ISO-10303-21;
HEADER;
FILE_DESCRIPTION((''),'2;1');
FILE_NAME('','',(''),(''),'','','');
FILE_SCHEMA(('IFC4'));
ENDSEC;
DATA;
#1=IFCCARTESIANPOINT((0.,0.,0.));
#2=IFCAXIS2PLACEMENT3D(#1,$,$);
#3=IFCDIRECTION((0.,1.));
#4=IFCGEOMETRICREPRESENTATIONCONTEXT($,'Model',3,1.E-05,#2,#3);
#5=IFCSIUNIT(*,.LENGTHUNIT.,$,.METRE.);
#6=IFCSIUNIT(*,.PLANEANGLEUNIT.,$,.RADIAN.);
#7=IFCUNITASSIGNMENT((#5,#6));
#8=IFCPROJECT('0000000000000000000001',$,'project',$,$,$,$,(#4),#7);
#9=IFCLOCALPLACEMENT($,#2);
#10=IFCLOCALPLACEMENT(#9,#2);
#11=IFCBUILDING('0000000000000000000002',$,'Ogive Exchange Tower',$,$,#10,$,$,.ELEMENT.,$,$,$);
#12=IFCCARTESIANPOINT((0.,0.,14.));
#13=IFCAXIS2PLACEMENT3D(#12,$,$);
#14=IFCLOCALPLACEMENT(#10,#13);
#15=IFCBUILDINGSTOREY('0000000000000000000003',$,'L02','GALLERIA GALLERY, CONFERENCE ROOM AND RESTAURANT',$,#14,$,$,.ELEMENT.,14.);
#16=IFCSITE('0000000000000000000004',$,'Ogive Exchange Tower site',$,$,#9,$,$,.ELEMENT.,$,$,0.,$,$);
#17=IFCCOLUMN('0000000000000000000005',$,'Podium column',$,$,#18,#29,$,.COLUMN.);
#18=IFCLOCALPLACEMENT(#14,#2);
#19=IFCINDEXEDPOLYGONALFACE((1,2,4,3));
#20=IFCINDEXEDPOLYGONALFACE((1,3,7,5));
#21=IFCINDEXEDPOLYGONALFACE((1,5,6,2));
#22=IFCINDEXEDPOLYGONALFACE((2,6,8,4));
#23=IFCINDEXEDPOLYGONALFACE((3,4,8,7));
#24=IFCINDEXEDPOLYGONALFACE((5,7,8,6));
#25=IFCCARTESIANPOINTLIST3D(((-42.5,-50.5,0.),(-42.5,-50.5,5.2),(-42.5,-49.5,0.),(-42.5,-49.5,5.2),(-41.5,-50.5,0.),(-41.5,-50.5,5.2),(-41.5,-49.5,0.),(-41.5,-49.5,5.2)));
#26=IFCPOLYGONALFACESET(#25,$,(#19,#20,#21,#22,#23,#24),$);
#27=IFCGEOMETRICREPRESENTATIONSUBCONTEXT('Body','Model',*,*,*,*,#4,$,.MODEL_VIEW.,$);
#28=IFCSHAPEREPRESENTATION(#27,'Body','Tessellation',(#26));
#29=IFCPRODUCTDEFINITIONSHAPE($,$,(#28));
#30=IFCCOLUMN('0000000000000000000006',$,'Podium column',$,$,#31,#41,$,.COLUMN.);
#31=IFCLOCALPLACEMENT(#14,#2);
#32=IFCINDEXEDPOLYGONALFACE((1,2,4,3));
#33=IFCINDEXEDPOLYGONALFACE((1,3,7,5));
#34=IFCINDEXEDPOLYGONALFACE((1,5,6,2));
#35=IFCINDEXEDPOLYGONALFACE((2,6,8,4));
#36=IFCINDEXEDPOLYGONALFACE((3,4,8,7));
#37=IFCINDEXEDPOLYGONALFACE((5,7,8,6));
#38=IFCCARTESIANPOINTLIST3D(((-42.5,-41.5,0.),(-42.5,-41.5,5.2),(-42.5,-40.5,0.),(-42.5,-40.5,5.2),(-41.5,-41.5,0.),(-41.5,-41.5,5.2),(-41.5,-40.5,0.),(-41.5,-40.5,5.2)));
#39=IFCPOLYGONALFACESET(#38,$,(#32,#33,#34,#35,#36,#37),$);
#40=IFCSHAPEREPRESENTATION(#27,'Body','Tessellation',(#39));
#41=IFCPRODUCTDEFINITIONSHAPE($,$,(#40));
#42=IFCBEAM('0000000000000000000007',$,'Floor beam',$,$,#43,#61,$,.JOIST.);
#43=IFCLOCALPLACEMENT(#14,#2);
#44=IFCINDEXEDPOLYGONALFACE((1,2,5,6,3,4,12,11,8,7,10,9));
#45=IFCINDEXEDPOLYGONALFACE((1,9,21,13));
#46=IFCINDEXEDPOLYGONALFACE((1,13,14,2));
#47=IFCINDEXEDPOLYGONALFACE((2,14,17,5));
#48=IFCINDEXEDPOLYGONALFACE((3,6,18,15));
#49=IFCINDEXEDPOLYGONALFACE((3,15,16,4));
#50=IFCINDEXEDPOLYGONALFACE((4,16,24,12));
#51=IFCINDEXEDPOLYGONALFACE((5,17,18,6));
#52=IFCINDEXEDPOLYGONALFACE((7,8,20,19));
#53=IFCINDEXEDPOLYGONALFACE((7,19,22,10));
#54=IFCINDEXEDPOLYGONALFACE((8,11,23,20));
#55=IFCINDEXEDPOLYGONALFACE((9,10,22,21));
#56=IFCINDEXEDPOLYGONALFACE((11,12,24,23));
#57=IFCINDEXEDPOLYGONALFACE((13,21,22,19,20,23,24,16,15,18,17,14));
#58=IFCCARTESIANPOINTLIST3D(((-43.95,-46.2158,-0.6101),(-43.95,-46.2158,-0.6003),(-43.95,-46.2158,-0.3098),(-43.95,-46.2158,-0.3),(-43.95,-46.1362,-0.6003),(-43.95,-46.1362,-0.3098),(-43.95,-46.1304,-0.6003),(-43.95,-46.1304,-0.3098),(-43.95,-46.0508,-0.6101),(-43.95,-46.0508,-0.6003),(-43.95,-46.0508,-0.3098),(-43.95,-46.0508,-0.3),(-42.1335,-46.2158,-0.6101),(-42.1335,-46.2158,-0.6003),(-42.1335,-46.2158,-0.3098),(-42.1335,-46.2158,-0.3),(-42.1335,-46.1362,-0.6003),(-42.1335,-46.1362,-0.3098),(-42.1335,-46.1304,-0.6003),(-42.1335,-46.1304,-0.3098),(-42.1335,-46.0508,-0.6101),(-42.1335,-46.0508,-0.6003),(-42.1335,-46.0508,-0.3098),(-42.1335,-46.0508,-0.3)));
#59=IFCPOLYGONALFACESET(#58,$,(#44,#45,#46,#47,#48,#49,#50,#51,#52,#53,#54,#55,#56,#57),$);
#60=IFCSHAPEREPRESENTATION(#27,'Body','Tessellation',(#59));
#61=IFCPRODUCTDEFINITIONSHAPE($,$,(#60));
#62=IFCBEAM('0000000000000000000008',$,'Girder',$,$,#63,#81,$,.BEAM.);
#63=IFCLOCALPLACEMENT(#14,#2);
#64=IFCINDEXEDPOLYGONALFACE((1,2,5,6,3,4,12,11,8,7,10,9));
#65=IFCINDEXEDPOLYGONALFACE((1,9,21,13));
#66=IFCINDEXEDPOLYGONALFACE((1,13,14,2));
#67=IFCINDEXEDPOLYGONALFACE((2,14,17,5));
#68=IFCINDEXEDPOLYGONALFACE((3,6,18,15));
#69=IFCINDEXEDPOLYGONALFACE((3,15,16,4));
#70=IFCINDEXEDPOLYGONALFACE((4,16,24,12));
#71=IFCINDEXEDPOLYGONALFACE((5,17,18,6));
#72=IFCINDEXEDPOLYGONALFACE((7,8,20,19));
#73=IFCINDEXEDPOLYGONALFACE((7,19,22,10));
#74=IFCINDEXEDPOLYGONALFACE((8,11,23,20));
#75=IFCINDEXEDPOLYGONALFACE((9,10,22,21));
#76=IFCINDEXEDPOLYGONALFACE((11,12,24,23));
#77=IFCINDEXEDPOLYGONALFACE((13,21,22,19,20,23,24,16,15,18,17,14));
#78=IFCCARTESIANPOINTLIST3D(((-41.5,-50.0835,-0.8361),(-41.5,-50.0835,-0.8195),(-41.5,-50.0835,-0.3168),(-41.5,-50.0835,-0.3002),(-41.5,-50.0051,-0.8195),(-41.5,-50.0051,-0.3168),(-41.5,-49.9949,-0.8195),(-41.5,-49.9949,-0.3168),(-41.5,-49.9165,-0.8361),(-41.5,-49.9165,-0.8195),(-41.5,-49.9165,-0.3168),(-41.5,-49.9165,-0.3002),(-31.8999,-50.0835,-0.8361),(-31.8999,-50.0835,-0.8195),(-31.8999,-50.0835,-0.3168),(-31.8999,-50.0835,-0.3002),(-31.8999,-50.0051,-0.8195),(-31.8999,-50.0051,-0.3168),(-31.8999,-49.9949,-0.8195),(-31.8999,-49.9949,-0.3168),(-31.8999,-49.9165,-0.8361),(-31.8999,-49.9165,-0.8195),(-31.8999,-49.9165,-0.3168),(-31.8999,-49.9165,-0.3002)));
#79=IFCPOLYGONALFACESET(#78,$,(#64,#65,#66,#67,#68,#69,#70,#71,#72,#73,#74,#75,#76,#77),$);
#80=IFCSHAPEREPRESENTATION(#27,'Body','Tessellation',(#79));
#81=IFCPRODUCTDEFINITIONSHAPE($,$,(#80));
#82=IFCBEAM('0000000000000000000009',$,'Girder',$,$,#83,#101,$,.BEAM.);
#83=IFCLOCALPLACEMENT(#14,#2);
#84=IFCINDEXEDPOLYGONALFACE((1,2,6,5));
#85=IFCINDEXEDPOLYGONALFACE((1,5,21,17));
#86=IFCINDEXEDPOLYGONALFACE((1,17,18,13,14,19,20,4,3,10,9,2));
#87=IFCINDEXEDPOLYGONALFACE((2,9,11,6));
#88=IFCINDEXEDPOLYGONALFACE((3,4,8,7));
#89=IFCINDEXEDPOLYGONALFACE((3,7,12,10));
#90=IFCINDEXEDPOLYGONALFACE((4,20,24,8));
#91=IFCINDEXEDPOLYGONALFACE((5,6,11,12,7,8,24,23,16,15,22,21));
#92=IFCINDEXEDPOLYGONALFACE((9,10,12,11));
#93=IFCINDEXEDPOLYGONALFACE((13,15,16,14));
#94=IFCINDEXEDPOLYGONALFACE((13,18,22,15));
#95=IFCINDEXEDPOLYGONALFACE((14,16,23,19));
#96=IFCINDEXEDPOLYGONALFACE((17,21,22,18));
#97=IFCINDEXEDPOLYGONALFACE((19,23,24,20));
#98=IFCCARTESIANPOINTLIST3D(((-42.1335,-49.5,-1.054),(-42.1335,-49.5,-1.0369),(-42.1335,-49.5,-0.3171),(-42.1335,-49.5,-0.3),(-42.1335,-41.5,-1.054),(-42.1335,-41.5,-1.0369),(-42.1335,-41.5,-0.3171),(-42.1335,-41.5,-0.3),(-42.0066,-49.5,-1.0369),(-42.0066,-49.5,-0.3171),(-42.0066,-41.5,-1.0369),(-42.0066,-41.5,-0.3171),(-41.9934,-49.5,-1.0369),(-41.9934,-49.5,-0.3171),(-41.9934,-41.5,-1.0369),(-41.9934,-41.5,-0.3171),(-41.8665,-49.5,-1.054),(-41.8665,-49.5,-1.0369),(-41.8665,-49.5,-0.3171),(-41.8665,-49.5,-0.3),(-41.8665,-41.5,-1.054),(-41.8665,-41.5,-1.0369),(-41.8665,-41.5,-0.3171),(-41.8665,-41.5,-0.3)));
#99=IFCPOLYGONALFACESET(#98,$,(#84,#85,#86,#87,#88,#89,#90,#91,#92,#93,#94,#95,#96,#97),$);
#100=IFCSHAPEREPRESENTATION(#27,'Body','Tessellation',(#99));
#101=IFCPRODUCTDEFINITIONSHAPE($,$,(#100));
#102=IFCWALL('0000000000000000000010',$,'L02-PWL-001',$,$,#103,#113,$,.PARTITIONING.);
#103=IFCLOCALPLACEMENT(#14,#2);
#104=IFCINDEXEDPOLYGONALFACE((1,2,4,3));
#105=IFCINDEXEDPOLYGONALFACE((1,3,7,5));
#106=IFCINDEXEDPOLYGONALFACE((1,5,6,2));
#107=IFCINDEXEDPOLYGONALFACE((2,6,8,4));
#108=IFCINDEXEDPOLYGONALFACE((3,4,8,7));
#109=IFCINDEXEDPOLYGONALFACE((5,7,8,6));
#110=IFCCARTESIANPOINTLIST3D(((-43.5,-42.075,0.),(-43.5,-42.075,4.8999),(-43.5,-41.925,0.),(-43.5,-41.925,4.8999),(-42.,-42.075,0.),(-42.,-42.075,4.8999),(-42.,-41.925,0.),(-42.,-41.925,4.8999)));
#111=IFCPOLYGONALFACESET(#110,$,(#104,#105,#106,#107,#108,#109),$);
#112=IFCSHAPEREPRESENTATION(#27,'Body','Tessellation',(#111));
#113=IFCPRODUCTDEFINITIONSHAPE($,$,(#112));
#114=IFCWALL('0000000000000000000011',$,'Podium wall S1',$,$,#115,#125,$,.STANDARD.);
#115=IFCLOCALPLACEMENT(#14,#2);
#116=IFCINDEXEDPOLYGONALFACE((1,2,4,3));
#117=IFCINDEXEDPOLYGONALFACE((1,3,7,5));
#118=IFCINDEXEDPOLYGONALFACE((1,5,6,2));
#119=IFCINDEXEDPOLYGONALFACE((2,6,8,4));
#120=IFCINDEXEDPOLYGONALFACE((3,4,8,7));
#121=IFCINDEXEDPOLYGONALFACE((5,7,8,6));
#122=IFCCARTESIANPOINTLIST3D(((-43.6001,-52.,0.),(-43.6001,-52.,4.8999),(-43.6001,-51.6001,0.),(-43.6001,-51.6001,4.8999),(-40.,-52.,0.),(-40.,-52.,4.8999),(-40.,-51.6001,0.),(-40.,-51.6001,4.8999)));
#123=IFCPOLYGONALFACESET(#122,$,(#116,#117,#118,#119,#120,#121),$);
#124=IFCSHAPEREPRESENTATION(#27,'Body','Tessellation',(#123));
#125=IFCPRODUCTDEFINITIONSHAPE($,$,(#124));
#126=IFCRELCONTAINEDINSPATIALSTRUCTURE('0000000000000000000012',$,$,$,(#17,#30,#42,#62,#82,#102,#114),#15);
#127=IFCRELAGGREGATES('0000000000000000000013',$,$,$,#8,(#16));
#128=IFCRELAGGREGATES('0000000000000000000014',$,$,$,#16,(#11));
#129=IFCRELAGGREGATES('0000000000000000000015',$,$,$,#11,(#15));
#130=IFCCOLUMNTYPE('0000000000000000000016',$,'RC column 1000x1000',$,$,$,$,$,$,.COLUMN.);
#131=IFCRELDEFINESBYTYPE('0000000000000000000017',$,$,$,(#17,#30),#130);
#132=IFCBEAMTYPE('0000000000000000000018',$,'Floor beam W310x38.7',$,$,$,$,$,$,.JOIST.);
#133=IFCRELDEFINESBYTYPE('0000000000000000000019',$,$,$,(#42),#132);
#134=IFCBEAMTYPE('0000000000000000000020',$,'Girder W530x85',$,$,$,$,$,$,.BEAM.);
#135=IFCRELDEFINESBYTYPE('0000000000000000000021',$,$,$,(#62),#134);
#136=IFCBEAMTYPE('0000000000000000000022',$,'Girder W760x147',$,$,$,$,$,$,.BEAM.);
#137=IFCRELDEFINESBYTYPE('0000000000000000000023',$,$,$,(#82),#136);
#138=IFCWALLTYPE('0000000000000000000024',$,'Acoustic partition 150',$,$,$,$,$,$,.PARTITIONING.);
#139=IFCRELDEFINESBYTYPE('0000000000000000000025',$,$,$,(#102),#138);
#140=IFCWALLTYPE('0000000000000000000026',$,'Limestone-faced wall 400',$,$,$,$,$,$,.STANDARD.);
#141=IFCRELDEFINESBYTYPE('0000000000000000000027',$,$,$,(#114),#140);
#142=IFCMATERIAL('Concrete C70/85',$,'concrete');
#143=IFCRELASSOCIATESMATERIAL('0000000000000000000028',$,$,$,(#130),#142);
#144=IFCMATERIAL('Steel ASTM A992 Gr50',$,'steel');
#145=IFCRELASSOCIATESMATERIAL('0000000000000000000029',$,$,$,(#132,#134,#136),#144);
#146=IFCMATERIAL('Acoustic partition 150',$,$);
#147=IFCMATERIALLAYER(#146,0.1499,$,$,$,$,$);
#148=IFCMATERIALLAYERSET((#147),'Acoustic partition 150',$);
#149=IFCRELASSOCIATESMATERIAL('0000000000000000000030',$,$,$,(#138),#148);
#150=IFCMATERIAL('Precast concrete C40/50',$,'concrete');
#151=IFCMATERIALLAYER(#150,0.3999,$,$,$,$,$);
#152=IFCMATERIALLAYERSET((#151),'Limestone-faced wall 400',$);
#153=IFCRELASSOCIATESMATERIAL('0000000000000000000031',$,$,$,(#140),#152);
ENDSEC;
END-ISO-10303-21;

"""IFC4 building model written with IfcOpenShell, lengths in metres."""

from ifc_helpers import new_model, si_unit, direction, frame, frame_2d, origin, origin_2d, place, context, subcontext, project, spatial, rectangle, i_section, extrude, material, layer, layer_set, material_profile, profile_set, type_object, element, save


model = new_model("IFC4")

# Units and contexts
model_context = context("Model", 3, precision=1e-05, world=origin(), true_north=direction((0.0, 1.0)))
body_context = subcontext(model_context, "Body", "Model", "MODEL_VIEW")
ifc_project = project(units=[si_unit("LENGTHUNIT", "METRE"), si_unit("PLANEANGLEUNIT", "RADIAN")], contexts=[model_context])

# Site, building, storey
site_placement = place(None, origin())
site = spatial("IfcSite", under=ifc_project, at=site_placement, Name="Ogive Exchange Tower site", CompositionType="ELEMENT", RefElevation=0.0)
building_placement = place(site_placement, origin())
building = spatial("IfcBuilding", under=site, at=building_placement, Name="Ogive Exchange Tower", CompositionType="ELEMENT")
storey_placement = place(building_placement, frame((0.0, 0.0, 14.0)))
storey = spatial("IfcBuildingStorey", under=building, at=storey_placement, Name="L02", Description="GALLERIA GALLERY, CONFERENCE ROOM AND RESTAURANT", CompositionType="ELEMENT", Elevation=14.0)

# Columns
ifc_material_1 = material(Name="Concrete C70/85", Category="concrete")
ifc_material_profile_1 = material_profile(ifc_material_1, rectangle(XDim=1.0, YDim=1.0, at=origin_2d()), Name="RC 1000x1000")
ifc_profile_set_1 = profile_set([ifc_material_profile_1], Name="Concrete C70/85")
column_type = type_object("IfcColumnType", Name="RC column 1000x1000", PredefinedType="COLUMN", material=ifc_profile_set_1)
for number, where, z_axis, x_axis, name in (
    (1, (-42.0, -50.0, 0.0), (0.0, 0.0, 1.0), (1.0, 0.0, 0.0), "Podium column"),
    (2, (-42.0, -41.0, 0.0), (0.0, 0.0, 1.0), (1.0, 0.0, 0.0), "Podium column"),
):
    element("IfcColumn", number, at=place(storey_placement, frame(where, z_axis=z_axis, x_axis=x_axis)), inside=storey, type_object=column_type, Name=name, PredefinedType="COLUMN", context=body_context, shape_type="SweptSolid", body=[
        extrude(rectangle(XDim=1.0, YDim=1.0, at=origin_2d()), origin(), (0.0, 0.0, 1.0), 5.2),
    ])

# Beams
ifc_material_2 = material(Name="Steel ASTM A992 Gr50", Category="steel")
ifc_material_profile_2 = material_profile(ifc_material_2, i_section(OverallWidth=0.165, OverallDepth=0.3101, WebThickness=0.0059, FlangeThickness=0.0098, at=origin_2d()), Name="W310x38.7")
ifc_profile_set_2 = profile_set([ifc_material_profile_2], Name="Steel ASTM A992 Gr50")
beam_type_1 = type_object("IfcBeamType", Name="Floor beam W310x38.7", PredefinedType="JOIST", material=ifc_profile_set_2)
beam_1_placement = place(storey_placement, frame((-43.95, -46.1333, -0.4551), z_axis=(1.0, 0.0, 0.0), x_axis=(0.0, 1.0, 0.0)))
element("IfcBeam", 3, at=beam_1_placement, inside=storey, type_object=beam_type_1, Name="Floor beam", PredefinedType="JOIST", context=body_context, shape_type="SweptSolid", body=[
    extrude(i_section(OverallWidth=0.165, OverallDepth=0.3101, WebThickness=0.0059, FlangeThickness=0.0098, at=origin_2d()), origin(), (0.0, 0.0, 1.0), 1.8164),
])
ifc_material_profile_3 = material_profile(ifc_material_2, i_section(OverallWidth=0.167, OverallDepth=0.5359, WebThickness=0.0103, FlangeThickness=0.0166, at=origin_2d()), Name="W530x85")
ifc_profile_set_3 = profile_set([ifc_material_profile_3], Name="Steel ASTM A992 Gr50")
beam_type_2 = type_object("IfcBeamType", Name="Girder W530x85", PredefinedType="BEAM", material=ifc_profile_set_3)
beam_2_placement = place(storey_placement, frame((-41.5, -50.0, -0.5681), z_axis=(1.0, 0.0, 0.0), x_axis=(0.0, 1.0, 0.0)))
element("IfcBeam", 4, at=beam_2_placement, inside=storey, type_object=beam_type_2, Name="Girder", PredefinedType="BEAM", context=body_context, shape_type="SweptSolid", body=[
    extrude(i_section(OverallWidth=0.167, OverallDepth=0.5359, WebThickness=0.0103, FlangeThickness=0.0166, at=origin_2d()), origin(), (0.0, 0.0, 1.0), 9.6001),
])
ifc_material_profile_4 = material_profile(ifc_material_2, i_section(OverallWidth=0.2671, OverallDepth=0.7539, WebThickness=0.0132, FlangeThickness=0.0171, at=origin_2d()), Name="W760x147")
ifc_profile_set_4 = profile_set([ifc_material_profile_4], Name="Steel ASTM A992 Gr50")
beam_type_3 = type_object("IfcBeamType", Name="Girder W760x147", PredefinedType="BEAM", material=ifc_profile_set_4)
beam_3_placement = place(storey_placement, frame((-42.0, -49.5, -0.677), z_axis=(0.0, 1.0, 0.0), x_axis=(-1.0, 0.0, 0.0)))
element("IfcBeam", 5, at=beam_3_placement, inside=storey, type_object=beam_type_3, Name="Girder", PredefinedType="BEAM", context=body_context, shape_type="SweptSolid", body=[
    extrude(i_section(OverallWidth=0.2671, OverallDepth=0.7539, WebThickness=0.0132, FlangeThickness=0.0171, at=origin_2d()), origin(), (0.0, 0.0, 1.0), 8.0),
])

# Walls
ifc_material_3 = material(Name="Acoustic partition 150")
ifc_layer_1 = layer(ifc_material_3, 0.1499)
ifc_layer_set_1 = layer_set([ifc_layer_1], Name="Acoustic partition 150")
wall_type_1 = type_object("IfcWallType", Name="Acoustic partition 150", PredefinedType="PARTITIONING", material=ifc_layer_set_1)
wall_1_placement = place(storey_placement, frame((-43.5, -42.0, 0.0), z_axis=(0.0, 0.0, 1.0), x_axis=(1.0, 0.0, 0.0)))
element("IfcWall", 6, at=wall_1_placement, inside=storey, type_object=wall_type_1, Name="L02-PWL-001", PredefinedType="PARTITIONING", context=body_context, shape_type="SweptSolid", body=[
    extrude(rectangle(XDim=1.5, YDim=0.1499, at=frame_2d((0.75, 0.0))), origin(), (0.0, 0.0, 1.0), 4.8999),
])
ifc_material_4 = material(Name="Precast concrete C40/50", Category="concrete")
ifc_layer_2 = layer(ifc_material_4, 0.3999)
ifc_layer_set_2 = layer_set([ifc_layer_2], Name="Limestone-faced wall 400")
wall_type_2 = type_object("IfcWallType", Name="Limestone-faced wall 400", PredefinedType="STANDARD", material=ifc_layer_set_2)
wall_2_placement = place(storey_placement, frame((-43.6001, -51.8, 0.0), z_axis=(0.0, 0.0, 1.0), x_axis=(1.0, 0.0, 0.0)))
element("IfcWall", 7, at=wall_2_placement, inside=storey, type_object=wall_type_2, Name="Podium wall S1", PredefinedType="STANDARD", context=body_context, shape_type="SweptSolid", body=[
    extrude(rectangle(XDim=3.6001, YDim=0.3999, at=frame_2d((1.8, 0.0))), origin(), (0.0, 0.0, 1.0), 4.8999),
])

save(model, "model.ifc")
